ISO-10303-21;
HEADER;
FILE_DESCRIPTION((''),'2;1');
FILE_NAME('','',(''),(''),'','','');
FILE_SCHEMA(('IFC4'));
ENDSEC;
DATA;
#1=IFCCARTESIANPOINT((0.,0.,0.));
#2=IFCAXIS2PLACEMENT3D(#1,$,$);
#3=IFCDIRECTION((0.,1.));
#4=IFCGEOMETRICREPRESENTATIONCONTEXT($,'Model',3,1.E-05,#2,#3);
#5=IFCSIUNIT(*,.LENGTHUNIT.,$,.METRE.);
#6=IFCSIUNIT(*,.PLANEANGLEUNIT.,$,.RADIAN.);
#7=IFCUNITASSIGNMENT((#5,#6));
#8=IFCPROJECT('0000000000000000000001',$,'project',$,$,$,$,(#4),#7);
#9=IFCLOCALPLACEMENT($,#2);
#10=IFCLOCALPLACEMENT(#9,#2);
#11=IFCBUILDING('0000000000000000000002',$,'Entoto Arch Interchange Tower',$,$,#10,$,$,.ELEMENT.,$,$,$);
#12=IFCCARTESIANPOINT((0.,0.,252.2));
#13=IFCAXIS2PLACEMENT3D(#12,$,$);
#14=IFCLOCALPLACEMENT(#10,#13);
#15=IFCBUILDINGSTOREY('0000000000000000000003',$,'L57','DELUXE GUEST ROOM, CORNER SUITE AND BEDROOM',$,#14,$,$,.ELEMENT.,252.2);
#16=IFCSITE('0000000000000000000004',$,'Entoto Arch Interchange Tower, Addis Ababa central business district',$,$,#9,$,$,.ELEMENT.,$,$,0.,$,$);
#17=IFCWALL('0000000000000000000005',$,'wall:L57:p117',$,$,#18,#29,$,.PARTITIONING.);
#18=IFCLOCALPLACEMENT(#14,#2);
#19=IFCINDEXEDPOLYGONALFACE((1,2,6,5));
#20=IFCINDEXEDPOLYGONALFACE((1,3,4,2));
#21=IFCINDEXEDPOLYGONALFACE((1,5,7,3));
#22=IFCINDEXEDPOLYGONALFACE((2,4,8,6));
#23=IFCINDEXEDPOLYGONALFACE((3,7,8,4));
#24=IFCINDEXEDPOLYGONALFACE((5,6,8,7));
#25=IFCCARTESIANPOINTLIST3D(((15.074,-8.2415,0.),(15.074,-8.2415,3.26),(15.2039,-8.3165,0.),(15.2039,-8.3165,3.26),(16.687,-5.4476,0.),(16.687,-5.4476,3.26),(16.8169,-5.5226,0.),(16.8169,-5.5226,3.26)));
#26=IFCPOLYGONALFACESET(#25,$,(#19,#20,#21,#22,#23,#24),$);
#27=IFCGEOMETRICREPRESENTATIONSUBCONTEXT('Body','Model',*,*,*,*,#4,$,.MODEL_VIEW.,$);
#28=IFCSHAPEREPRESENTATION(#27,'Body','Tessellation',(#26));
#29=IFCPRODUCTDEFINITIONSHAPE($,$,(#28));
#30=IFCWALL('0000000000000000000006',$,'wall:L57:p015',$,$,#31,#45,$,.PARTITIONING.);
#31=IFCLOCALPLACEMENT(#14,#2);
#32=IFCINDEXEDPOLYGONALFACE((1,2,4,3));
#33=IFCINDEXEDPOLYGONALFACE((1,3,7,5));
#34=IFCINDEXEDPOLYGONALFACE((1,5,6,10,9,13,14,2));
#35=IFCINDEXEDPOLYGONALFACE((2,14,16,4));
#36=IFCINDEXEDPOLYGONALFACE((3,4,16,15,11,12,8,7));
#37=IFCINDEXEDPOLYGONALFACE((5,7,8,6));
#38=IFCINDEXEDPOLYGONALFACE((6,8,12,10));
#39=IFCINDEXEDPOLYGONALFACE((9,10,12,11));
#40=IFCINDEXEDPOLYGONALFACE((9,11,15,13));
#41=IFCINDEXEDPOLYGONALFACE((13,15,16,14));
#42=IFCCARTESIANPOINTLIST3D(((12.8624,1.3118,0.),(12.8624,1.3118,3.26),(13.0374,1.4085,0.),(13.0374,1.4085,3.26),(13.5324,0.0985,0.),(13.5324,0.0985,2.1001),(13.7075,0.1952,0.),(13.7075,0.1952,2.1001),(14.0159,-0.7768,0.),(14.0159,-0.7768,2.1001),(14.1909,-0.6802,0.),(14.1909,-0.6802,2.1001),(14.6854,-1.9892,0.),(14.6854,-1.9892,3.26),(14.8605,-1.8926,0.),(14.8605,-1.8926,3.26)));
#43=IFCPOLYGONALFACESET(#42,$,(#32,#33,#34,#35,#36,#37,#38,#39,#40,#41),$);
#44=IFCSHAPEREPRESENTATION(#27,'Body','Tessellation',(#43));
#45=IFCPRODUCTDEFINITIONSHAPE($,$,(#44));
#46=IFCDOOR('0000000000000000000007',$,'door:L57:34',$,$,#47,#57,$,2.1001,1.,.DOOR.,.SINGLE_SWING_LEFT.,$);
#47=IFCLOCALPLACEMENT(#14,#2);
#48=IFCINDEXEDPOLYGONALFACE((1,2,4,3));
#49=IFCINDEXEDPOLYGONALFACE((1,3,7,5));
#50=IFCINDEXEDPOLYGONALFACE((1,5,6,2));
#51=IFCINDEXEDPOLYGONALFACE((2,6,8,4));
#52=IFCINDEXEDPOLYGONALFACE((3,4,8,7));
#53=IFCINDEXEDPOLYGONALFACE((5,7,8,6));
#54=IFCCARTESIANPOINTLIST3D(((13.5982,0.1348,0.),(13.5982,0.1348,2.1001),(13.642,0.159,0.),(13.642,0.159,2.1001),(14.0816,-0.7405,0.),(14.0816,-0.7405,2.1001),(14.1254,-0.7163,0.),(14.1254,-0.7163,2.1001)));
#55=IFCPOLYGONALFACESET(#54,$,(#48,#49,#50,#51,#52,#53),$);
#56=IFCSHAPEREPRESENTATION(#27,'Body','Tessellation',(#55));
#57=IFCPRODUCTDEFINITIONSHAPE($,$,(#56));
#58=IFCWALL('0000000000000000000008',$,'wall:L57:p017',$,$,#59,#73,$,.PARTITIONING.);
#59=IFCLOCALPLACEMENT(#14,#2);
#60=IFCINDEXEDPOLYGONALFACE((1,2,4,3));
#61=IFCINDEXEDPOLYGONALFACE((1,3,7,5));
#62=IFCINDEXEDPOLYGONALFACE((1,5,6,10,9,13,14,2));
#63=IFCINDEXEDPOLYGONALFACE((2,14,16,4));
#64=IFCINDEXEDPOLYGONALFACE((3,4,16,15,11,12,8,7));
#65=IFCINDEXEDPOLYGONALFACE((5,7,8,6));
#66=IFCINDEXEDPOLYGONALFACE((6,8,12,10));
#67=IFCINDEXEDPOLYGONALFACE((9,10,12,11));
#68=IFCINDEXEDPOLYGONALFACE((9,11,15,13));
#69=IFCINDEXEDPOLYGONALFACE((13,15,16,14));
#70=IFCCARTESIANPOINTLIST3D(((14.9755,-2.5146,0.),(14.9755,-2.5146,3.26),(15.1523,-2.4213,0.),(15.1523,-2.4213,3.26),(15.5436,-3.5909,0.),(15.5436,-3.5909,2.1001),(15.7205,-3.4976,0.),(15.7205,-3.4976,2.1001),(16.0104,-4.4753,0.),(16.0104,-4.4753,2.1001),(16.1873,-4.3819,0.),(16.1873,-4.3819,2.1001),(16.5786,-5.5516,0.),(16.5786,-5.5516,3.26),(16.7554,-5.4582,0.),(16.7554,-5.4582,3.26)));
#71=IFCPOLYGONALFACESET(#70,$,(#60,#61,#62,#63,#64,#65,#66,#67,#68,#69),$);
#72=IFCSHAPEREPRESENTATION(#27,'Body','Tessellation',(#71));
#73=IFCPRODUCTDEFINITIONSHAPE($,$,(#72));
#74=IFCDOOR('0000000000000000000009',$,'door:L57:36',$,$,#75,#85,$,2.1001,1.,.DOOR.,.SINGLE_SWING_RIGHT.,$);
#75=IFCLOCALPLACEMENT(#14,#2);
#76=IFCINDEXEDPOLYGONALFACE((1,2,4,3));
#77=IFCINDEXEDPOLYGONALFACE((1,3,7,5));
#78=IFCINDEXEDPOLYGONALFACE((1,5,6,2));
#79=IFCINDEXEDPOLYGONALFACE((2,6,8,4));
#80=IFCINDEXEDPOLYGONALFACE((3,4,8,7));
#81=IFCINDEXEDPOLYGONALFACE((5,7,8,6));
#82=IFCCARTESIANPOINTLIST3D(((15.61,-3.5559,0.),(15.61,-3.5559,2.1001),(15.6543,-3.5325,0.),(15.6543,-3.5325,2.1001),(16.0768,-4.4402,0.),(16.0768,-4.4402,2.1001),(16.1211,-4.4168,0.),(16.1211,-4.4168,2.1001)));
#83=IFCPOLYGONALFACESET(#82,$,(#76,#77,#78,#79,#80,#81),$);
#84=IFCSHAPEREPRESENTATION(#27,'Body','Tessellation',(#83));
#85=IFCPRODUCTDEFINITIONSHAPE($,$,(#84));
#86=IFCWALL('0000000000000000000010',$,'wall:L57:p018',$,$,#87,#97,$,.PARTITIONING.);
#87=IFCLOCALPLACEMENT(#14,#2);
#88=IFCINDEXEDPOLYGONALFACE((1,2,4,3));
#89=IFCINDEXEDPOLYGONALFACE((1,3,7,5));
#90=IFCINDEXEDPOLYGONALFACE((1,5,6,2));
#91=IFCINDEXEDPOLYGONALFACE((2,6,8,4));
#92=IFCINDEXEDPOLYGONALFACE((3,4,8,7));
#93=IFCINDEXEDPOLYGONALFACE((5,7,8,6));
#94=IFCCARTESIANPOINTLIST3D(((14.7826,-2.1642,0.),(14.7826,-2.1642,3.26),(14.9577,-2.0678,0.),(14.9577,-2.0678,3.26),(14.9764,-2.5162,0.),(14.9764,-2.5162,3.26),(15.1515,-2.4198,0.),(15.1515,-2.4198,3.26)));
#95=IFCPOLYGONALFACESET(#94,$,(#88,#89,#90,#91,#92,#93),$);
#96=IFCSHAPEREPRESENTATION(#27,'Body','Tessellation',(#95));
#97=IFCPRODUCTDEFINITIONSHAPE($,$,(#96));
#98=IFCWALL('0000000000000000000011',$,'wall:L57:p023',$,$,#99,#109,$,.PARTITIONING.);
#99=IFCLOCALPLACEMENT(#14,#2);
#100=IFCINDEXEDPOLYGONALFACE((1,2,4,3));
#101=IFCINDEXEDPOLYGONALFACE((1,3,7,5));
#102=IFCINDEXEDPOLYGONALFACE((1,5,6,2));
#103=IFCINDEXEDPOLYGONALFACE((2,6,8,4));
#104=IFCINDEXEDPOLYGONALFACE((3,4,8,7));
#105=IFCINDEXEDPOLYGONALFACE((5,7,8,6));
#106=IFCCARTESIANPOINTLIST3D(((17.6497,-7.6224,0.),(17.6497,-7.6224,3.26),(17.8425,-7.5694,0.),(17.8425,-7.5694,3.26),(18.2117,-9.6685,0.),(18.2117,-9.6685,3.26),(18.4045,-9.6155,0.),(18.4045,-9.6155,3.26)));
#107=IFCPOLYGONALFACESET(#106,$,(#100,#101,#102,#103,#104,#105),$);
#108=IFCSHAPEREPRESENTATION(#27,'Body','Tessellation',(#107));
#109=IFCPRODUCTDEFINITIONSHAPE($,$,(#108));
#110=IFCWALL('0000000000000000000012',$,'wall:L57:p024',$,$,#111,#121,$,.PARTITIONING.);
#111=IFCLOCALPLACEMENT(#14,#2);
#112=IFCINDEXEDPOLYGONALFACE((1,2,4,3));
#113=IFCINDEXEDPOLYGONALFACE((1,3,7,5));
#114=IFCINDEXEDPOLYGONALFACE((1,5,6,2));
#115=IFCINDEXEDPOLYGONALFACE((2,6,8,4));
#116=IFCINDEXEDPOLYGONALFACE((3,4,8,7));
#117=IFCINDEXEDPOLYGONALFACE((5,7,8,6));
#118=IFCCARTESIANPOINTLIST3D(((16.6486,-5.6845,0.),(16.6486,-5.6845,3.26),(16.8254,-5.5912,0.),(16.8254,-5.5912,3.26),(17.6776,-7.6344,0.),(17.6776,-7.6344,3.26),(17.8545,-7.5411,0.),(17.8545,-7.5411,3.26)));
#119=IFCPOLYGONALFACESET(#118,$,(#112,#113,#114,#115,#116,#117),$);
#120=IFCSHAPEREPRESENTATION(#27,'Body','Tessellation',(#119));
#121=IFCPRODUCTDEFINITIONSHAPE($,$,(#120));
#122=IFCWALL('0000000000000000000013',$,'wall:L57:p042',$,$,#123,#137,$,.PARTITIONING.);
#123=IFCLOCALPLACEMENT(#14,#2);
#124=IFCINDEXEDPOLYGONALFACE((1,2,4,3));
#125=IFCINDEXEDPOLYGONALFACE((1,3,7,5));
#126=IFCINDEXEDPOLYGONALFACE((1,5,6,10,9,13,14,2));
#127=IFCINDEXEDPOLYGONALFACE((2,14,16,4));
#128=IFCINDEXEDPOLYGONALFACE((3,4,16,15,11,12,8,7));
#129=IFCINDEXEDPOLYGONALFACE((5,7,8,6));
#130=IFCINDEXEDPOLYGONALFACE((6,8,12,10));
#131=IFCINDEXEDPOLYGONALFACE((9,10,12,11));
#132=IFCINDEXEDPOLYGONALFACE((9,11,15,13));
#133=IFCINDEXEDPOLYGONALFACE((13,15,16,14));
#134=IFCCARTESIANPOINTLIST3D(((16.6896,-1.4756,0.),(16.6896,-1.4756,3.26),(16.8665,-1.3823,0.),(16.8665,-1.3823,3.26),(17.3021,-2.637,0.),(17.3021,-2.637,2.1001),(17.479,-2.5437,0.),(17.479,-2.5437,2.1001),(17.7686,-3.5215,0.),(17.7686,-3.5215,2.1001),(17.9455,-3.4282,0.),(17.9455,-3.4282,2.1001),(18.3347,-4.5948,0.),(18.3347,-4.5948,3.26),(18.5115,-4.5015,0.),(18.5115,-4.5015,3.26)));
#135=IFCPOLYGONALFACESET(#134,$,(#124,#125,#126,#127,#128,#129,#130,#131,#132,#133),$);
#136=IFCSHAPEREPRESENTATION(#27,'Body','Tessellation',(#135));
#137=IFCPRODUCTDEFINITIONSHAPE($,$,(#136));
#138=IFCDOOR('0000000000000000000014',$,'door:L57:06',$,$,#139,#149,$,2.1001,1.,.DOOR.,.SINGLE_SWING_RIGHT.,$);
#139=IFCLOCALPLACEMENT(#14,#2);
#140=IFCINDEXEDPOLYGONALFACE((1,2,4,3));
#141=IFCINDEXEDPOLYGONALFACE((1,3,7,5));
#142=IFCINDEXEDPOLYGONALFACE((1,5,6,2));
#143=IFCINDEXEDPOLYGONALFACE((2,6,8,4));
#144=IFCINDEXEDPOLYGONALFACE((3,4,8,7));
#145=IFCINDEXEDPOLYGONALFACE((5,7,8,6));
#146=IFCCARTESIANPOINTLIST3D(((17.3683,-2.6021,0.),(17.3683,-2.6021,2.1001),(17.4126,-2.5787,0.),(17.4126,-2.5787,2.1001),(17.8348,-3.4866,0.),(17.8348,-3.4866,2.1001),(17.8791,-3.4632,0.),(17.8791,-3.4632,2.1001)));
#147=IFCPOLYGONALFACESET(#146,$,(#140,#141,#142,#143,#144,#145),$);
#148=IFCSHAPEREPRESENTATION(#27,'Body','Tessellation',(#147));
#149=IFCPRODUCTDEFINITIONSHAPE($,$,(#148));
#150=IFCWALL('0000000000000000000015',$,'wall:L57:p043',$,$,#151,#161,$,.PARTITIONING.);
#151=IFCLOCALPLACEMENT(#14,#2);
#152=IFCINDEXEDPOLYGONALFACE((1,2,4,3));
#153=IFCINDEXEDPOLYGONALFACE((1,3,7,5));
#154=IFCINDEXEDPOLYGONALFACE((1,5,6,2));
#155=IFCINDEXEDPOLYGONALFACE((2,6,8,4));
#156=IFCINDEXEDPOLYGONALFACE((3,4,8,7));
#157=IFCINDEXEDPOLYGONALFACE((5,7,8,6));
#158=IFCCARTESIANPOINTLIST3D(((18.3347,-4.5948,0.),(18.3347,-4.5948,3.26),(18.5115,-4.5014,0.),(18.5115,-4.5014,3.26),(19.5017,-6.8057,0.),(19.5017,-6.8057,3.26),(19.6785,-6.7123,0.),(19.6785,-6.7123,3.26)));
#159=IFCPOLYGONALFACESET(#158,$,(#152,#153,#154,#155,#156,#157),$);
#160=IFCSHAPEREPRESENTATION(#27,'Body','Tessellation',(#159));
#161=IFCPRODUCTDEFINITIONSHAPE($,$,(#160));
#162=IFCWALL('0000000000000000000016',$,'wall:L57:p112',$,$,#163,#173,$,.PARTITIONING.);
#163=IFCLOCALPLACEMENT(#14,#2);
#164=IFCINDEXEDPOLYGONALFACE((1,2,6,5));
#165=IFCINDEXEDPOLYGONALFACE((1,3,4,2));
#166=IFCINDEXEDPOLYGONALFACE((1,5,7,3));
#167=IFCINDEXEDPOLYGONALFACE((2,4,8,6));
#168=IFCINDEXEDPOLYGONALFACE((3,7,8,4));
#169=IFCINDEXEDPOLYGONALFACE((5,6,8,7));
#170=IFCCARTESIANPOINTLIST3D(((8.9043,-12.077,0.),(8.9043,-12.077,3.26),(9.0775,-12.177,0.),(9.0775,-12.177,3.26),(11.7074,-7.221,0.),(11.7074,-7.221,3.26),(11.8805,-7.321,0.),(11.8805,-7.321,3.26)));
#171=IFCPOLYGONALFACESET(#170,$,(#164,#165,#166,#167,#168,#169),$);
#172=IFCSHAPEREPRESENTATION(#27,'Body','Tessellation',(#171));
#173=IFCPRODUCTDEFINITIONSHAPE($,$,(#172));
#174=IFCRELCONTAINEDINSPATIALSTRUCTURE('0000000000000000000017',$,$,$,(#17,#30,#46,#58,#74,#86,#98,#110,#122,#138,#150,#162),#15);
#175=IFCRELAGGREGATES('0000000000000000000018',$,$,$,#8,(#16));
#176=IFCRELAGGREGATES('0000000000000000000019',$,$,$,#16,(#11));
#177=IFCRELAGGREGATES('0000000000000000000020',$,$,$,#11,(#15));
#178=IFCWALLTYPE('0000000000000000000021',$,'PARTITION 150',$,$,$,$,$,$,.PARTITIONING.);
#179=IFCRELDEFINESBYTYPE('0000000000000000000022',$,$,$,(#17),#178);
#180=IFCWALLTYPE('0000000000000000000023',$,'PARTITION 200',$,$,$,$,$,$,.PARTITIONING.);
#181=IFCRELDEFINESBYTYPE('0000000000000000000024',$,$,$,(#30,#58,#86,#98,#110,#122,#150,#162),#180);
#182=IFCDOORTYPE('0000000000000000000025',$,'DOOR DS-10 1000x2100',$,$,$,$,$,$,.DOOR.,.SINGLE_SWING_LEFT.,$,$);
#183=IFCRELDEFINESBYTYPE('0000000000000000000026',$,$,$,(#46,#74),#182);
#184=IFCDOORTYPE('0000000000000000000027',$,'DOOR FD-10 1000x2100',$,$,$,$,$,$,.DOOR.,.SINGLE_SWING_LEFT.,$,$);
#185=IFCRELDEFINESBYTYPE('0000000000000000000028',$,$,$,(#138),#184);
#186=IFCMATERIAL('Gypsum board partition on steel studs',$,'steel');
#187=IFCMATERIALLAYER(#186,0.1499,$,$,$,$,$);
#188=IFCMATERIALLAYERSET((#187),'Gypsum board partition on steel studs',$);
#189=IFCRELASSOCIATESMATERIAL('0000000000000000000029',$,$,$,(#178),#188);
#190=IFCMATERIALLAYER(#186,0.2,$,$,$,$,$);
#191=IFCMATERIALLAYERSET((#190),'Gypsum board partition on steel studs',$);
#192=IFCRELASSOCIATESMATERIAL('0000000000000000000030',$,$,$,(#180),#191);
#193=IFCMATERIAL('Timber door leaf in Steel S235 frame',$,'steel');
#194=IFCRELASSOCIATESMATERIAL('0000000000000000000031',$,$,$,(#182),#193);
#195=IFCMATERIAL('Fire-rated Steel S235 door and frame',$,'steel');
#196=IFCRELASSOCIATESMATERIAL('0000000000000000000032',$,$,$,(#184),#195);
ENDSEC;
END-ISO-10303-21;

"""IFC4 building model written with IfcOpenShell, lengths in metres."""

from ifc_helpers import new_model, si_unit, direction, frame, frame_2d, origin, place, context, subcontext, project, spatial, rectangle, extrude, material, layer, layer_set, type_object, element, fill, save


model = new_model("IFC4")

# Units and contexts
model_context = context("Model", 3, precision=1e-05, world=origin(), true_north=direction((0.0, 1.0)))
body_context = subcontext(model_context, "Body", "Model", "MODEL_VIEW")
ifc_project = project(units=[si_unit("LENGTHUNIT", "METRE"), si_unit("PLANEANGLEUNIT", "RADIAN")], contexts=[model_context])

# Site, building, storey
site_placement = place(None, origin())
site = spatial("IfcSite", under=ifc_project, at=site_placement, Name="Entoto Arch Interchange Tower, Addis Ababa central business district", CompositionType="ELEMENT", RefElevation=0.0)
building_placement = place(site_placement, origin())
building = spatial("IfcBuilding", under=site, at=building_placement, Name="Entoto Arch Interchange Tower", CompositionType="ELEMENT")
storey_placement = place(building_placement, frame((0.0, 0.0, 252.2)))
storey = spatial("IfcBuildingStorey", under=building, at=storey_placement, Name="L57", Description="DELUXE GUEST ROOM, CORNER SUITE AND BEDROOM", CompositionType="ELEMENT", Elevation=252.2)

# Wall
ifc_material_1 = material(Name="Gypsum board partition on steel studs", Category="steel")
ifc_layer_1 = layer(ifc_material_1, 0.1499)
ifc_layer_set_1 = layer_set([ifc_layer_1], Name="Gypsum board partition on steel studs")
wall_type_1 = type_object("IfcWallType", Name="PARTITION 150", PredefinedType="PARTITIONING", material=ifc_layer_set_1)
wall_1_placement = place(storey_placement, frame((16.752, -5.4851, 0.0), z_axis=(0.0, 0.0, 1.0), x_axis=(-0.499989, -0.866032, 0.0)))
element("IfcWall", 1, at=wall_1_placement, inside=storey, type_object=wall_type_1, Name="wall:L57:p117", PredefinedType="PARTITIONING", context=body_context, shape_type="SweptSolid", body=[
    extrude(rectangle(XDim=3.2261, YDim=0.1499, at=frame_2d((1.613, 0.0))), origin(), (0.0, 0.0, 1.0), 3.26),
])

# Walls, openings, doors
ifc_layer_2 = layer(ifc_material_1, 0.2)
ifc_layer_set_2 = layer_set([ifc_layer_2], Name="Gypsum board partition on steel studs")
wall_type_2 = type_object("IfcWallType", Name="PARTITION 200", PredefinedType="PARTITIONING", material=ifc_layer_set_2)
wall_2_placement = place(storey_placement, frame((14.7729, -1.9409, 0.0), z_axis=(0.0, 0.0, 1.0), x_axis=(-0.483432, 0.875382, 0.0)))
wall_2 = element("IfcWall", 2, at=wall_2_placement, inside=storey, type_object=wall_type_2, Name="wall:L57:p015", PredefinedType="PARTITIONING", context=body_context, shape_type="SweptSolid", body=[
    extrude(rectangle(XDim=3.771, YDim=0.2, at=frame_2d((1.8855, 0.0))), origin(), (0.0, 0.0, 1.0), 3.26),
])
opening_1_placement = place(wall_2_placement, frame((1.385, 0.0, 0.0)))
opening_1 = element("IfcOpeningElement", 3, at=opening_1_placement, cuts=wall_2, PredefinedType="OPENING", context=body_context, shape_type="SweptSolid", body=[
    extrude(rectangle(XDim=1.0, YDim=2.1001, at=frame_2d((0.5, 1.05))), frame((0.0, 0.1099, 0.0), z_axis=(0.0, -1.0, 0.0), x_axis=(1.0, 0.0, 0.0)), (0.0, 0.0, 1.0), 0.22),
])
ifc_material_2 = material(Name="Timber door leaf in Steel S235 frame", Category="steel")
door_type_1 = type_object("IfcDoorType", Name="DOOR DS-10 1000x2100", OperationType="SINGLE_SWING_LEFT", PredefinedType="DOOR", material=ifc_material_2)
door_1_placement = place(opening_1_placement, origin())
door_1 = element("IfcDoor", 4, at=door_1_placement, inside=storey, type_object=door_type_1, Name="door:L57:34", OperationType="SINGLE_SWING_LEFT", OverallHeight=2.1001, OverallWidth=1.0, PredefinedType="DOOR", context=body_context, shape_type="SweptSolid", body=[
    extrude(rectangle(XDim=1.0, YDim=2.1001, at=frame_2d((0.5, 1.05))), frame((0.0, 0.0249, 0.0), z_axis=(0.0, -1.0, 0.0), x_axis=(1.0, 0.0, 0.0)), (0.0, 0.0, 1.0), 0.05),
])
fill(opening_1, door_1)
wall_3_placement = place(storey_placement, frame((16.667, -5.5049, 0.0), z_axis=(0.0, 0.0, 1.0), x_axis=(-0.466813, 0.884356, 0.0)))
wall_3 = element("IfcWall", 5, at=wall_3_placement, inside=storey, type_object=wall_type_2, Name="wall:L57:p017", PredefinedType="PARTITIONING", context=body_context, shape_type="SweptSolid", body=[
    extrude(rectangle(XDim=3.4341, YDim=0.2, at=frame_2d((1.717, 0.0))), origin(), (0.0, 0.0, 1.0), 3.26),
])
opening_2_placement = place(wall_3_placement, frame((1.217, 0.0, 0.0)))
opening_2 = element("IfcOpeningElement", 6, at=opening_2_placement, cuts=wall_3, PredefinedType="OPENING", context=body_context, shape_type="SweptSolid", body=[
    extrude(rectangle(XDim=1.0, YDim=2.1001, at=frame_2d((0.5, 1.05))), frame((0.0, 0.1099, 0.0), z_axis=(0.0, -1.0, 0.0), x_axis=(1.0, 0.0, 0.0)), (0.0, 0.0, 1.0), 0.22),
])
door_2_placement = place(opening_2_placement, origin())
door_2 = element("IfcDoor", 7, at=door_2_placement, inside=storey, type_object=door_type_1, Name="door:L57:36", OperationType="SINGLE_SWING_RIGHT", OverallHeight=2.1001, OverallWidth=1.0, PredefinedType="DOOR", context=body_context, shape_type="SweptSolid", body=[
    extrude(rectangle(XDim=1.0, YDim=2.1001, at=frame_2d((0.5, 1.05))), frame((0.0, 0.0249, 0.0), z_axis=(0.0, -1.0, 0.0), x_axis=(1.0, 0.0, 0.0)), (0.0, 0.0, 1.0), 0.05),
])
fill(opening_2, door_2)

# Walls
wall_4_placement = place(storey_placement, frame((15.064, -2.468, 0.0), z_axis=(0.0, 0.0, 1.0), x_axis=(-0.482338, 0.875985, 0.0)))
element("IfcWall", 8, at=wall_4_placement, inside=storey, type_object=wall_type_2, Name="wall:L57:p018", PredefinedType="PARTITIONING", context=body_context, shape_type="SweptSolid", body=[
    extrude(rectangle(XDim=0.4019, YDim=0.2, at=frame_2d((0.2009, 0.0))), origin(), (0.0, 0.0, 1.0), 3.26),
])
wall_5_placement = place(storey_placement, frame((18.3081, -9.6421, 0.0), z_axis=(0.0, 0.0, 1.0), x_axis=(-0.26486, 0.964287, 0.0)))
element("IfcWall", 9, at=wall_5_placement, inside=storey, type_object=wall_type_2, Name="wall:L57:p023", PredefinedType="PARTITIONING", context=body_context, shape_type="SweptSolid", body=[
    extrude(rectangle(XDim=2.1218, YDim=0.2, at=frame_2d((1.061, 0.0))), origin(), (0.0, 0.0, 1.0), 3.26),
])
wall_6_placement = place(storey_placement, frame((17.7661, -7.5879, 0.0), z_axis=(0.0, 0.0, 1.0), x_axis=(-0.466727, 0.884401, 0.0)))
element("IfcWall", 10, at=wall_6_placement, inside=storey, type_object=wall_type_2, Name="wall:L57:p024", PredefinedType="PARTITIONING", context=body_context, shape_type="SweptSolid", body=[
    extrude(rectangle(XDim=2.2048, YDim=0.2, at=frame_2d((1.1025, 0.0))), origin(), (0.0, 0.0, 1.0), 3.26),
])

# Wall, opening, door
wall_7_placement = place(storey_placement, frame((16.7781, -1.429, 0.0), z_axis=(0.0, 0.0, 1.0), x_axis=(0.466494, -0.884524, 0.0)))
wall_7 = element("IfcWall", 11, at=wall_7_placement, inside=storey, type_object=wall_type_2, Name="wall:L57:p042", PredefinedType="PARTITIONING", context=body_context, shape_type="SweptSolid", body=[
    extrude(rectangle(XDim=3.5264, YDim=0.2, at=frame_2d((1.7632, 0.0))), origin(), (0.0, 0.0, 1.0), 3.26),
])
opening_3_placement = place(wall_7_placement, frame((1.313, 0.0, 0.0)))
opening_3 = element("IfcOpeningElement", 12, at=opening_3_placement, cuts=wall_7, PredefinedType="OPENING", context=body_context, shape_type="SweptSolid", body=[
    extrude(rectangle(XDim=1.0, YDim=2.1001, at=frame_2d((0.5, 1.05))), frame((0.0, 0.1099, 0.0), z_axis=(0.0, -1.0, 0.0), x_axis=(1.0, 0.0, 0.0)), (0.0, 0.0, 1.0), 0.22),
])
ifc_material_3 = material(Name="Fire-rated Steel S235 door and frame", Category="steel")
door_type_2 = type_object("IfcDoorType", Name="DOOR FD-10 1000x2100", OperationType="SINGLE_SWING_LEFT", PredefinedType="DOOR", material=ifc_material_3)
door_3_placement = place(opening_3_placement, origin())
door_3 = element("IfcDoor", 13, at=door_3_placement, inside=storey, type_object=door_type_2, Name="door:L57:06", OperationType="SINGLE_SWING_RIGHT", OverallHeight=2.1001, OverallWidth=1.0, PredefinedType="DOOR", context=body_context, shape_type="SweptSolid", body=[
    extrude(rectangle(XDim=1.0, YDim=2.1001, at=frame_2d((0.5, 1.05))), frame((0.0, 0.0249, 0.0), z_axis=(0.0, -1.0, 0.0), x_axis=(1.0, 0.0, 0.0)), (0.0, 0.0, 1.0), 0.05),
])
fill(opening_3, door_3)

# Walls
wall_8_placement = place(storey_placement, frame((18.4231, -4.5481, 0.0), z_axis=(0.0, 0.0, 1.0), x_axis=(0.466793, -0.884367, 0.0)))
element("IfcWall", 14, at=wall_8_placement, inside=storey, type_object=wall_type_2, Name="wall:L57:p043", PredefinedType="PARTITIONING", context=body_context, shape_type="SweptSolid", body=[
    extrude(rectangle(XDim=2.5, YDim=0.2, at=frame_2d((1.25, 0.0))), origin(), (0.0, 0.0, 1.0), 3.26),
])
wall_9_placement = place(storey_placement, frame((11.7939, -7.271, 0.0), z_axis=(0.0, 0.0, 1.0), x_axis=(-0.499918, -0.866072, 0.0)))
element("IfcWall", 15, at=wall_9_placement, inside=storey, type_object=wall_type_2, Name="wall:L57:p112", PredefinedType="PARTITIONING", context=body_context, shape_type="SweptSolid", body=[
    extrude(rectangle(XDim=5.6069, YDim=0.2, at=frame_2d((2.8035, 0.0))), origin(), (0.0, 0.0, 1.0), 3.26),
])

save(model, "model.ifc")
